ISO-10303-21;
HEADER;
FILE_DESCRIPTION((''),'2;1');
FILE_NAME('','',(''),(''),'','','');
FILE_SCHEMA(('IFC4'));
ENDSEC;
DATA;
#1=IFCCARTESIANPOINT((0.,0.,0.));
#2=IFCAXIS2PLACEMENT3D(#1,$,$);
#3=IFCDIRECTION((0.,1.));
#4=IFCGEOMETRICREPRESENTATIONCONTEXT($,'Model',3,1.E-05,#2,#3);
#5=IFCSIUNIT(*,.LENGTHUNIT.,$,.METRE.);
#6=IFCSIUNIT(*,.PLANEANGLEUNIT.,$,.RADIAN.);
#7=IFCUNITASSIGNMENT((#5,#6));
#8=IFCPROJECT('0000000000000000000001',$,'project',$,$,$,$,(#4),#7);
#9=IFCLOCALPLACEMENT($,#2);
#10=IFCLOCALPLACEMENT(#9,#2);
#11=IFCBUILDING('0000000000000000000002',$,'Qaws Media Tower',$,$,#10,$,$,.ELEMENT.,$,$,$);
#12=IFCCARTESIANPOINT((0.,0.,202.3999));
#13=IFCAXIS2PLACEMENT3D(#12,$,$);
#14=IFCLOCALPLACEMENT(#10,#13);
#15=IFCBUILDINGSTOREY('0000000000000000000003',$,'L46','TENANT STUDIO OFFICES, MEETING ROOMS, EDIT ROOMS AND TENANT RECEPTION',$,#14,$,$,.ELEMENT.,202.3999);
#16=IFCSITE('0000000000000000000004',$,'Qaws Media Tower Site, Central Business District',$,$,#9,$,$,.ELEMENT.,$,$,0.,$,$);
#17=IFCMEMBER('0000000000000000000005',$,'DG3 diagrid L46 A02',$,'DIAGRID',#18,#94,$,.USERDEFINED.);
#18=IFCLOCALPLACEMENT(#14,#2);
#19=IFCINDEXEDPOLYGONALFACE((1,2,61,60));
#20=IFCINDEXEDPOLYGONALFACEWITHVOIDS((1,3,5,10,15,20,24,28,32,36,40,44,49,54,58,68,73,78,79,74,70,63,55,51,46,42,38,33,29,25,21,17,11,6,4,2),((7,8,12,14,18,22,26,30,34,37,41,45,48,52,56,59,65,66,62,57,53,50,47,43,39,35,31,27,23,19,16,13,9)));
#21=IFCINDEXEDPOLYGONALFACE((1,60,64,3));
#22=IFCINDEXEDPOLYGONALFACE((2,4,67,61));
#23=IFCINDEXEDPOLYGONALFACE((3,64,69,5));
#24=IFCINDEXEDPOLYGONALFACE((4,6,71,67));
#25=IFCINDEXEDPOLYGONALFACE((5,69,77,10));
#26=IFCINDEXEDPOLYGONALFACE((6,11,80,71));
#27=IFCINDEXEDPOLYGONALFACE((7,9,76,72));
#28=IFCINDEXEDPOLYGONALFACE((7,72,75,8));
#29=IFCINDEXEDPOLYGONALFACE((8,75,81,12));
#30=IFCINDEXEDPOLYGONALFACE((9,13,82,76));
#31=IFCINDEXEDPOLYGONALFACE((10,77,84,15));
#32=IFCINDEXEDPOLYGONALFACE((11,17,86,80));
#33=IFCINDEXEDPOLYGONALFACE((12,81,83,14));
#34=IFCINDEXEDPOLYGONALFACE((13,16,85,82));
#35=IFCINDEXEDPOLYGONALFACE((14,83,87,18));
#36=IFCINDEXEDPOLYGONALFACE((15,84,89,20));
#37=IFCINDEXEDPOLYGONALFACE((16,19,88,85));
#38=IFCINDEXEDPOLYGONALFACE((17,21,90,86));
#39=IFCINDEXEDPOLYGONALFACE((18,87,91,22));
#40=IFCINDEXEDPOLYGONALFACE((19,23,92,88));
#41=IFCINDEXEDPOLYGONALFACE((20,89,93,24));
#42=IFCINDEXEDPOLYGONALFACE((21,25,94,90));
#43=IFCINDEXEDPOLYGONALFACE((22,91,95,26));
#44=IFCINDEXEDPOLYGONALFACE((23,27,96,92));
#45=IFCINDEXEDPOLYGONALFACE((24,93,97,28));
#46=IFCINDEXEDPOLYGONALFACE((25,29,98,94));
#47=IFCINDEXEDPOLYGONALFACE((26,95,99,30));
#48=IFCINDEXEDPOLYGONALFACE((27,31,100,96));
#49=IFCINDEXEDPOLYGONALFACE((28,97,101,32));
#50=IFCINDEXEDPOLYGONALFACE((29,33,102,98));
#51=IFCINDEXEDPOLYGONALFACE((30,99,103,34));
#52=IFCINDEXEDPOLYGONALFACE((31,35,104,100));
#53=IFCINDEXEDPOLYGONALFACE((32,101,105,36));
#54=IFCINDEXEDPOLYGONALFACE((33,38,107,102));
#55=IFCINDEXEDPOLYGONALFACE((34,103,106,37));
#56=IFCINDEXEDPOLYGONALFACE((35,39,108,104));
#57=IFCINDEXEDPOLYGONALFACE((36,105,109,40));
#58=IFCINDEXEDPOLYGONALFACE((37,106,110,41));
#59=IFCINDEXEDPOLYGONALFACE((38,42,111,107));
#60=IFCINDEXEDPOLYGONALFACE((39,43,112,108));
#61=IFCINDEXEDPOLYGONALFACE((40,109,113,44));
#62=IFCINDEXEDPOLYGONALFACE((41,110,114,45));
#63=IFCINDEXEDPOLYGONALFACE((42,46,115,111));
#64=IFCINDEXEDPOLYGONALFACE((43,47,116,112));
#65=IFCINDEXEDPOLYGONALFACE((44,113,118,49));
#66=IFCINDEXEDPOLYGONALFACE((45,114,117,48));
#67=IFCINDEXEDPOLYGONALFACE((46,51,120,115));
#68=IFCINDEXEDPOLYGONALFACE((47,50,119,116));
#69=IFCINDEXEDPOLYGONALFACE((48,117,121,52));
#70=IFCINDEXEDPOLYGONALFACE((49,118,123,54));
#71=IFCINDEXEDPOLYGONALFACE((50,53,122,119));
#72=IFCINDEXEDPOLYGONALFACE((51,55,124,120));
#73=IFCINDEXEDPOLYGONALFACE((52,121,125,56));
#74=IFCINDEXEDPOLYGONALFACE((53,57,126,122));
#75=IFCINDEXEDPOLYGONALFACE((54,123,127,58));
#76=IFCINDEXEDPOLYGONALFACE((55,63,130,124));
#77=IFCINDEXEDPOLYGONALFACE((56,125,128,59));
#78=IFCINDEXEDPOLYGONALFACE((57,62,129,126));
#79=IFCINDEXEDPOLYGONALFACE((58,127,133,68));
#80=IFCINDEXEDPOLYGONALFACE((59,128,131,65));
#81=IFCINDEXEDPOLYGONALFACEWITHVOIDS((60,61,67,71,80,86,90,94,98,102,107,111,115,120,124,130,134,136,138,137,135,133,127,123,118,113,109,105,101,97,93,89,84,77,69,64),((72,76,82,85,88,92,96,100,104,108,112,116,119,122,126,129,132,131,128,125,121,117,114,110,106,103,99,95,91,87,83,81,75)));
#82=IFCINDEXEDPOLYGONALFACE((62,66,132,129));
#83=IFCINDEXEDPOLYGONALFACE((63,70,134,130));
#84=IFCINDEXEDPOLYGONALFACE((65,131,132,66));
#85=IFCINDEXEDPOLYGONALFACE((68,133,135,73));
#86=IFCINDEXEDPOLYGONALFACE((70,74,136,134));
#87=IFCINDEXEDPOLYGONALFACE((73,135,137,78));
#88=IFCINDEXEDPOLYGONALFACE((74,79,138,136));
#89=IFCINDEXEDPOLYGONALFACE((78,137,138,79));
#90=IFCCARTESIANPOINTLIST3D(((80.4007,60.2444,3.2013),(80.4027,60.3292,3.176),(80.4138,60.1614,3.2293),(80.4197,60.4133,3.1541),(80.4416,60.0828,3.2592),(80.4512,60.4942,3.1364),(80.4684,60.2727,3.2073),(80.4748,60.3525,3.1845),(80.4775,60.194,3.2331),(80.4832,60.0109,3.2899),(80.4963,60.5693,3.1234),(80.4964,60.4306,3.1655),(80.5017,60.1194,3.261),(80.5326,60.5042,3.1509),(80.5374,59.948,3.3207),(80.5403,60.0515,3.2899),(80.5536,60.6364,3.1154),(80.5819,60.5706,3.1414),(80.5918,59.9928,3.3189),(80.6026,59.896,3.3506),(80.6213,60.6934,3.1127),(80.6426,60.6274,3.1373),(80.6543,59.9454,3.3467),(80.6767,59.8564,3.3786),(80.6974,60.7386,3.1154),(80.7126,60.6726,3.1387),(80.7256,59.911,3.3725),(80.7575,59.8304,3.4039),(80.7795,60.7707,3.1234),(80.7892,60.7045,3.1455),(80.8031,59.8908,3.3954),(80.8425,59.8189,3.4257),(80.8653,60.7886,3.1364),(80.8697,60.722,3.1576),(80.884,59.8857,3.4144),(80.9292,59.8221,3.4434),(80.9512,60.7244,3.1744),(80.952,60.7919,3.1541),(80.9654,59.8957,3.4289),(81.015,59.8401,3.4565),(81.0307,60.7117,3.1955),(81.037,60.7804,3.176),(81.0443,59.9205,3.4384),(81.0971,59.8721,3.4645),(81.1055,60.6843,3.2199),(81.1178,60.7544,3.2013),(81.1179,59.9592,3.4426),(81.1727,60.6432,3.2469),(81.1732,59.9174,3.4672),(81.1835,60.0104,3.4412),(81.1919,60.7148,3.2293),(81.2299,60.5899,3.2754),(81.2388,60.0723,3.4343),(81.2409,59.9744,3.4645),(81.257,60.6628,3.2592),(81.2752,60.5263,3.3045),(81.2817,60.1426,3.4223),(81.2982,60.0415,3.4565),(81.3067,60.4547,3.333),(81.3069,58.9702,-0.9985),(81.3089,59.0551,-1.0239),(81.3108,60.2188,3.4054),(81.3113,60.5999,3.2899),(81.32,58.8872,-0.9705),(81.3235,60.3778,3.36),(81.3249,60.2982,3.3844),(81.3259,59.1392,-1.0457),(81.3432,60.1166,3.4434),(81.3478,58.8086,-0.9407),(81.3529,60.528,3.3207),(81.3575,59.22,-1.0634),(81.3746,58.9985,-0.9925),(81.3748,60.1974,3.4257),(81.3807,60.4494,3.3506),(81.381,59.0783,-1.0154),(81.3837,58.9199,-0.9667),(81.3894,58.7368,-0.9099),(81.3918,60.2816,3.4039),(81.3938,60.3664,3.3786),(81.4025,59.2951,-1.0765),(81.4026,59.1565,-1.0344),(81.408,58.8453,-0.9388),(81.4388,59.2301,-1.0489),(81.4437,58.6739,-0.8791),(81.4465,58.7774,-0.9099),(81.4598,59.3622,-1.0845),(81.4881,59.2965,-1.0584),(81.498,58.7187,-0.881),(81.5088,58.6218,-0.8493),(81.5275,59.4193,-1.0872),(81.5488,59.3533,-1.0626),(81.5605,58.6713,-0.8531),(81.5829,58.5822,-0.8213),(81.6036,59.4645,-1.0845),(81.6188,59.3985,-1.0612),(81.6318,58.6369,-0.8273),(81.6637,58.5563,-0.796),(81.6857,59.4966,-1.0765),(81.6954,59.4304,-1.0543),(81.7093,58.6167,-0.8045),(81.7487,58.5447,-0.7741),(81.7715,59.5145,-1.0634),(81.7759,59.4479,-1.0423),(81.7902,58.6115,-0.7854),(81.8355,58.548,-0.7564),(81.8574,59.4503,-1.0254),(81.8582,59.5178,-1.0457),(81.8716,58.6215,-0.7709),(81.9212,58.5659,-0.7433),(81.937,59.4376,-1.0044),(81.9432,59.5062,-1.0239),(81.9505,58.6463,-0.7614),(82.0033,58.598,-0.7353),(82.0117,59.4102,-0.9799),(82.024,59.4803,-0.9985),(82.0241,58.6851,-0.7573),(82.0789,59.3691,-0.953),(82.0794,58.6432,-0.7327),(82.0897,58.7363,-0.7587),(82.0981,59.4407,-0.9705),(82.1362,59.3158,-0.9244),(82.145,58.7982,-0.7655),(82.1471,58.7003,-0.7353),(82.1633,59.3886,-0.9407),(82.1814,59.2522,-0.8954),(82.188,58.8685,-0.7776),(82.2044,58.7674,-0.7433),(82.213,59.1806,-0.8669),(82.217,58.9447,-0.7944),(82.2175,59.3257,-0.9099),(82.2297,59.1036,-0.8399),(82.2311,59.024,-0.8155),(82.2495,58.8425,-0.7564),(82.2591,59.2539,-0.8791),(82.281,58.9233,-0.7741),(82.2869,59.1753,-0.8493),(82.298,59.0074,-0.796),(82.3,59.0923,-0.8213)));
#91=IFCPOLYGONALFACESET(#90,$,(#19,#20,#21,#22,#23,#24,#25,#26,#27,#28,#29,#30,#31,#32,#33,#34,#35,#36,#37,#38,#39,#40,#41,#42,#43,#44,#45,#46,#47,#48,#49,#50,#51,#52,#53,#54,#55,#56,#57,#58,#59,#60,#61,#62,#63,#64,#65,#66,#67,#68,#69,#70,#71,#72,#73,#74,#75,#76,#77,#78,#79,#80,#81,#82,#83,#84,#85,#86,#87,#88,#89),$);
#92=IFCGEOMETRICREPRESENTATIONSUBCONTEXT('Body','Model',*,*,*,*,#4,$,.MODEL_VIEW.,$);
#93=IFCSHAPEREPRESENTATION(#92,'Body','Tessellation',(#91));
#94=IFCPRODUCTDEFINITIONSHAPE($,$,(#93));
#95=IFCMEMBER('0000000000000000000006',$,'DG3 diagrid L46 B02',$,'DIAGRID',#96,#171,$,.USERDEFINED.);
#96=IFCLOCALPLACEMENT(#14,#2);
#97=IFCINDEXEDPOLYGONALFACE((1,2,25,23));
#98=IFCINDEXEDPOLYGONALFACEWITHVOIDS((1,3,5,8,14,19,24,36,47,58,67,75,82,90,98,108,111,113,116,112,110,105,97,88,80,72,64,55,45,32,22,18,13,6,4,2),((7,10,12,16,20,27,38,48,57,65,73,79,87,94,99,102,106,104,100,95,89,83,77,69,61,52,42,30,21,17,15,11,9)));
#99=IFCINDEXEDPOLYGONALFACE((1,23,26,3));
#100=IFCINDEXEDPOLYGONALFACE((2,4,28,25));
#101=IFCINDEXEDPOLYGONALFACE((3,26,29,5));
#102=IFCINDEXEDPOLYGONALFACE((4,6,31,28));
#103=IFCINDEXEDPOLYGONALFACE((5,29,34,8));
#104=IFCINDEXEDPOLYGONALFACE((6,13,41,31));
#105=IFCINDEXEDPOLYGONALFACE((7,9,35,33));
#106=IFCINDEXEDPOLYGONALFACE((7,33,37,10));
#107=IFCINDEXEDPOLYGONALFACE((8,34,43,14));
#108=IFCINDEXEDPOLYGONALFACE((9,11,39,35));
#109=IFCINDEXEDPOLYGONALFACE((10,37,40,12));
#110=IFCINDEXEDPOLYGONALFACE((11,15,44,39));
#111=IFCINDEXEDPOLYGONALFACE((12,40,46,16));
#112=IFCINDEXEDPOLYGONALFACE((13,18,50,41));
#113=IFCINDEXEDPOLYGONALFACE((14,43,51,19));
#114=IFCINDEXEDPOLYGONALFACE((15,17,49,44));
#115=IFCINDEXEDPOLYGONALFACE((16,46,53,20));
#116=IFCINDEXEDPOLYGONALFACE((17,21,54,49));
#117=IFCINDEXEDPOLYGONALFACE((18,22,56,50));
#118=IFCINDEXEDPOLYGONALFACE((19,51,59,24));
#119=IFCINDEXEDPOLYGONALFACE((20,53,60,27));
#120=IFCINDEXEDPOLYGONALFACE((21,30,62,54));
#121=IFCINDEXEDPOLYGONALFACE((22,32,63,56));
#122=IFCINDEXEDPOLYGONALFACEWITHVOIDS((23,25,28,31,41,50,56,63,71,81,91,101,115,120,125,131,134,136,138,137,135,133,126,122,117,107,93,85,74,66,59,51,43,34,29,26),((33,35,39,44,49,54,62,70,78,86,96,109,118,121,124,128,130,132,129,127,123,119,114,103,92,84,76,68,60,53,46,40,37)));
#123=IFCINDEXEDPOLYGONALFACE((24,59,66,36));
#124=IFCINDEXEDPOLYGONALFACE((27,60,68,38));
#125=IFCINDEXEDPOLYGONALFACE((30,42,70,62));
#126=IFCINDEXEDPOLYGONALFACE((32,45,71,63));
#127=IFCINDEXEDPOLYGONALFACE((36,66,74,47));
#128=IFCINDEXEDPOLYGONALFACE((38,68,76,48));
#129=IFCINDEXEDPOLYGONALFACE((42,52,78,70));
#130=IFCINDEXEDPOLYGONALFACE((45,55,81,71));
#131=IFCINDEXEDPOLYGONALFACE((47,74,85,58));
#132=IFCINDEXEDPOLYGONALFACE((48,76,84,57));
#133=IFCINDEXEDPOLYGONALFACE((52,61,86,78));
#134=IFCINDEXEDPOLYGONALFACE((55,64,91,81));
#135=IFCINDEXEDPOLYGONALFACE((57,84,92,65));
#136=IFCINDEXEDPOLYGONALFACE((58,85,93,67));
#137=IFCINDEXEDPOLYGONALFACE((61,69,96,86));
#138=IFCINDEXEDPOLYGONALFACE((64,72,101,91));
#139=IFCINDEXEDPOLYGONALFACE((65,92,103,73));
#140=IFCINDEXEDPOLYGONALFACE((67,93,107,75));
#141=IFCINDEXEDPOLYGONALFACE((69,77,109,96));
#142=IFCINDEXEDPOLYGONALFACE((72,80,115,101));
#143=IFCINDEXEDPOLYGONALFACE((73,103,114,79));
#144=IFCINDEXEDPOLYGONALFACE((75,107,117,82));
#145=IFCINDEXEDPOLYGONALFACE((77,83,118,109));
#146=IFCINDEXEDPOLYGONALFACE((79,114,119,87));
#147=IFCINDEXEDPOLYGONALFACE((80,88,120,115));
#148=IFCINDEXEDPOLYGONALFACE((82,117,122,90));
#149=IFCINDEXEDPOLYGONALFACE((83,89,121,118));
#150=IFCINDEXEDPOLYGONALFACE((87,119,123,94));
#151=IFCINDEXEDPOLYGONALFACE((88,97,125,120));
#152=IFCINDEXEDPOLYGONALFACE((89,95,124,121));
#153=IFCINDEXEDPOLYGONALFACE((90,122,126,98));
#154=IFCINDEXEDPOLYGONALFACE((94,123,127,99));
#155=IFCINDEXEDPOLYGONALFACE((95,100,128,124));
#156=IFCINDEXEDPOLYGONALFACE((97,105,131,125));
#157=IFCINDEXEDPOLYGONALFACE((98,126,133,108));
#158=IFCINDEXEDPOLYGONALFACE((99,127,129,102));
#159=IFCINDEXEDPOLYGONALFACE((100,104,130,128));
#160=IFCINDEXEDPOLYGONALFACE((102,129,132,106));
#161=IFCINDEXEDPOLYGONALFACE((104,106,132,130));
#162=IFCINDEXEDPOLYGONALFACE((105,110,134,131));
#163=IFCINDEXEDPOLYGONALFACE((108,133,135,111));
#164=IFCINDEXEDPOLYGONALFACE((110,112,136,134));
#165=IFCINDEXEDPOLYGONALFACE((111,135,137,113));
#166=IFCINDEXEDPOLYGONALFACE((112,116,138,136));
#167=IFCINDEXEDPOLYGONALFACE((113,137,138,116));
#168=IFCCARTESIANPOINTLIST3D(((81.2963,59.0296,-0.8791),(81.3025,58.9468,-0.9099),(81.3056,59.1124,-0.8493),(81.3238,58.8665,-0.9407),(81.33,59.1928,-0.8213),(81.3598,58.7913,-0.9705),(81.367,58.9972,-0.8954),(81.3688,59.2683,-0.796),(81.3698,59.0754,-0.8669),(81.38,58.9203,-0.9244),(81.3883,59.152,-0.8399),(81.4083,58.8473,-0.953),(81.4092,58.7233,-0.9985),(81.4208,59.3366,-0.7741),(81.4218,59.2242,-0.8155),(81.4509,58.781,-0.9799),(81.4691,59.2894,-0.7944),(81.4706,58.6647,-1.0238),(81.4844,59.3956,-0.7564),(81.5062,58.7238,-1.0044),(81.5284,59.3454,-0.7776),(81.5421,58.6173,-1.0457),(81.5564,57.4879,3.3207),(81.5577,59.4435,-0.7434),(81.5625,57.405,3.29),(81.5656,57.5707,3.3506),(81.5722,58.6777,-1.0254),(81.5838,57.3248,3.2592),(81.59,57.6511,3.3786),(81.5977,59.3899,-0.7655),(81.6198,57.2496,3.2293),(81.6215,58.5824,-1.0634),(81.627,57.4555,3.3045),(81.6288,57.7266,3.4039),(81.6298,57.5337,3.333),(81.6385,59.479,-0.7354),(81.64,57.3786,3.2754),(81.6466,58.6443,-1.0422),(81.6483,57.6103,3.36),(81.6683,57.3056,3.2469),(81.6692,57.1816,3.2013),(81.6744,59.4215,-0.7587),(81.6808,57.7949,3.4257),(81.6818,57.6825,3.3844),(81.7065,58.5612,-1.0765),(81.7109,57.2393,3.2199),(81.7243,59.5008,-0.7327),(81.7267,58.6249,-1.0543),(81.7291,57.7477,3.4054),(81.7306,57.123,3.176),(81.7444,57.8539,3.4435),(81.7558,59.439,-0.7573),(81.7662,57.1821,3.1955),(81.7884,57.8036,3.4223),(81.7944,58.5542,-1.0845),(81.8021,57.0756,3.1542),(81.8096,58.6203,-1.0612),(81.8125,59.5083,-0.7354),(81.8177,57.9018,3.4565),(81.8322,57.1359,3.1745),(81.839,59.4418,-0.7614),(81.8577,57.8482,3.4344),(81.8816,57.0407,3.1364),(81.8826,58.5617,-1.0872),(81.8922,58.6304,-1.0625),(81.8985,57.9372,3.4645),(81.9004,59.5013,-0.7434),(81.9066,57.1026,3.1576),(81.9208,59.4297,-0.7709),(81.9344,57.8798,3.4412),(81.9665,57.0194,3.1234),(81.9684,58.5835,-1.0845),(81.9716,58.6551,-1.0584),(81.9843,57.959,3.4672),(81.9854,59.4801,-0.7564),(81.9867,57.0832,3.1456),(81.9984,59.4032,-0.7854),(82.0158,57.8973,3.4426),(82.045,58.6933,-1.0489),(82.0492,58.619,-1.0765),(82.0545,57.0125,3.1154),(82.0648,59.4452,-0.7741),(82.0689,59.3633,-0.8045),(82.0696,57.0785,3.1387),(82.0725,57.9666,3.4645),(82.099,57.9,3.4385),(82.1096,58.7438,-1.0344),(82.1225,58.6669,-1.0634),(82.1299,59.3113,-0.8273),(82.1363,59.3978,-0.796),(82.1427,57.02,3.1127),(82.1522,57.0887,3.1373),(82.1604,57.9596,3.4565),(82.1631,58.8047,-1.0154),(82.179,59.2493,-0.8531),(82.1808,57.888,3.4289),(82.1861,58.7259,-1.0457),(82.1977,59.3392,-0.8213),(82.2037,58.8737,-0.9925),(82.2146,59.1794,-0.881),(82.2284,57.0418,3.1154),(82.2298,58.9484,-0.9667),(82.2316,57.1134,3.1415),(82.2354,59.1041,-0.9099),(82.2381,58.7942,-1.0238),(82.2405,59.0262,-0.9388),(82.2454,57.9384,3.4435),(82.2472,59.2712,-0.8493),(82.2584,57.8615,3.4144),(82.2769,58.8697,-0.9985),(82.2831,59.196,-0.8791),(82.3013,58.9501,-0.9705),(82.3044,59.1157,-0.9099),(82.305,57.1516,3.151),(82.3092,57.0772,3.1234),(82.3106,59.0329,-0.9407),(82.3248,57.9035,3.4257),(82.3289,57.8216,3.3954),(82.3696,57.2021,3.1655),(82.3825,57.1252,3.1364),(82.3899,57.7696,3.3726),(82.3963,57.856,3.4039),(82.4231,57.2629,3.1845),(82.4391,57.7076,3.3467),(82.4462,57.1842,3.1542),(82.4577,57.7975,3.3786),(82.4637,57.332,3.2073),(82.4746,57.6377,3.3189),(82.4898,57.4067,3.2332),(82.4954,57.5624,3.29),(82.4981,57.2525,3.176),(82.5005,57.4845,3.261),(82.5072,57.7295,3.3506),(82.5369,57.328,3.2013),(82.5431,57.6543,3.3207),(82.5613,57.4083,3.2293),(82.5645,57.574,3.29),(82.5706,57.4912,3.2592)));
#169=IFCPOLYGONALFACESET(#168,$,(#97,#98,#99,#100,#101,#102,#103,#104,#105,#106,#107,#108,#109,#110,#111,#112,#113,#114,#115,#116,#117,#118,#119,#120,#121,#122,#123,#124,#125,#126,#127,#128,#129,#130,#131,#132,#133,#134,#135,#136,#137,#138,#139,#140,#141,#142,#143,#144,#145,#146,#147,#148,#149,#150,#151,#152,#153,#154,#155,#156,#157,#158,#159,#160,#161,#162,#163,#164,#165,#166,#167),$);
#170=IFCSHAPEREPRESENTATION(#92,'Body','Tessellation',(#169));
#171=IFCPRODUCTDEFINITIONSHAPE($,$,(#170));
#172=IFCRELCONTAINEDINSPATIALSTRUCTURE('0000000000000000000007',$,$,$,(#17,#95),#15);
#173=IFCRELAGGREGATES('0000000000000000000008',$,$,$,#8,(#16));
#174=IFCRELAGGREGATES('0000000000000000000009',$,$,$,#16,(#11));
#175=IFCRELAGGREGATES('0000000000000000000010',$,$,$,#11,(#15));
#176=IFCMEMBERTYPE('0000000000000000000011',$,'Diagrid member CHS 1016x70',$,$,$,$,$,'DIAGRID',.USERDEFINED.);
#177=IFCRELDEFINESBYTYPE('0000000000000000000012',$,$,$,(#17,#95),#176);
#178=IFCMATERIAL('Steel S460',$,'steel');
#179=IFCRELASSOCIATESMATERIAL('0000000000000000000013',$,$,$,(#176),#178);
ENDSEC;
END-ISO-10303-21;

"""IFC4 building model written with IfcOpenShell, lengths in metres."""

from ifc_helpers import new_model, si_unit, direction, frame, origin, origin_2d, place, context, subcontext, project, spatial, hollow_circle, extrude, material, material_profile, profile_set, type_object, element, save


model = new_model("IFC4")

# Units and contexts
model_context = context("Model", 3, precision=1e-05, world=origin(), true_north=direction((0.0, 1.0)))
body_context = subcontext(model_context, "Body", "Model", "MODEL_VIEW")
ifc_project = project(units=[si_unit("LENGTHUNIT", "METRE"), si_unit("PLANEANGLEUNIT", "RADIAN")], contexts=[model_context])

# Site, building, storey
site_placement = place(None, origin())
site = spatial("IfcSite", under=ifc_project, at=site_placement, Name="Qaws Media Tower Site, Central Business District", CompositionType="ELEMENT", RefElevation=0.0)
building_placement = place(site_placement, origin())
building = spatial("IfcBuilding", under=site, at=building_placement, Name="Qaws Media Tower", CompositionType="ELEMENT")
storey_placement = place(building_placement, frame((0.0, 0.0, 202.3999)))
storey = spatial("IfcBuildingStorey", under=building, at=storey_placement, Name="L46", Description="TENANT STUDIO OFFICES, MEETING ROOMS, EDIT ROOMS AND TENANT RECEPTION", CompositionType="ELEMENT", Elevation=202.3999)

# Members
ifc_material_1 = material(Name="Steel S460", Category="steel")
ifc_material_profile_1 = material_profile(ifc_material_1, hollow_circle(Radius=0.5081, WallThickness=0.0701, at=origin_2d()), Name="CHS 1016x70")
ifc_profile_set_1 = profile_set([ifc_material_profile_1], Name="Steel S460")
member_type_1 = type_object("IfcMemberType", Name="Diagrid member CHS 1016x70", ElementType="DIAGRID", PredefinedType="USERDEFINED", material=ifc_profile_set_1)
for number, where, z_axis, x_axis, name in (
    (1, (81.8035, 59.0312, -0.9099), (-0.202217, 0.284314, 0.937163), (-0.814903, -0.579598, 0.0), "DG3 diagrid L46 A02"),
    (2, (81.8035, 59.0312, -0.9099), (0.058018, -0.344022, 0.937167), (0.986076, 0.166298, 0.0), "DG3 diagrid L46 B02"),
):
    element("IfcMember", number, at=place(storey_placement, frame(where, z_axis=z_axis, x_axis=x_axis)), inside=storey, type_object=member_type_1, Name=name, ObjectType="DIAGRID", PredefinedType="USERDEFINED", context=body_context, shape_type="SweptSolid", body=[
        extrude(hollow_circle(Radius=0.5081, WallThickness=0.0701, at=origin_2d()), origin(), (0.0, 0.0, 1.0), 4.4814),
    ])

save(model, "model.ifc")
